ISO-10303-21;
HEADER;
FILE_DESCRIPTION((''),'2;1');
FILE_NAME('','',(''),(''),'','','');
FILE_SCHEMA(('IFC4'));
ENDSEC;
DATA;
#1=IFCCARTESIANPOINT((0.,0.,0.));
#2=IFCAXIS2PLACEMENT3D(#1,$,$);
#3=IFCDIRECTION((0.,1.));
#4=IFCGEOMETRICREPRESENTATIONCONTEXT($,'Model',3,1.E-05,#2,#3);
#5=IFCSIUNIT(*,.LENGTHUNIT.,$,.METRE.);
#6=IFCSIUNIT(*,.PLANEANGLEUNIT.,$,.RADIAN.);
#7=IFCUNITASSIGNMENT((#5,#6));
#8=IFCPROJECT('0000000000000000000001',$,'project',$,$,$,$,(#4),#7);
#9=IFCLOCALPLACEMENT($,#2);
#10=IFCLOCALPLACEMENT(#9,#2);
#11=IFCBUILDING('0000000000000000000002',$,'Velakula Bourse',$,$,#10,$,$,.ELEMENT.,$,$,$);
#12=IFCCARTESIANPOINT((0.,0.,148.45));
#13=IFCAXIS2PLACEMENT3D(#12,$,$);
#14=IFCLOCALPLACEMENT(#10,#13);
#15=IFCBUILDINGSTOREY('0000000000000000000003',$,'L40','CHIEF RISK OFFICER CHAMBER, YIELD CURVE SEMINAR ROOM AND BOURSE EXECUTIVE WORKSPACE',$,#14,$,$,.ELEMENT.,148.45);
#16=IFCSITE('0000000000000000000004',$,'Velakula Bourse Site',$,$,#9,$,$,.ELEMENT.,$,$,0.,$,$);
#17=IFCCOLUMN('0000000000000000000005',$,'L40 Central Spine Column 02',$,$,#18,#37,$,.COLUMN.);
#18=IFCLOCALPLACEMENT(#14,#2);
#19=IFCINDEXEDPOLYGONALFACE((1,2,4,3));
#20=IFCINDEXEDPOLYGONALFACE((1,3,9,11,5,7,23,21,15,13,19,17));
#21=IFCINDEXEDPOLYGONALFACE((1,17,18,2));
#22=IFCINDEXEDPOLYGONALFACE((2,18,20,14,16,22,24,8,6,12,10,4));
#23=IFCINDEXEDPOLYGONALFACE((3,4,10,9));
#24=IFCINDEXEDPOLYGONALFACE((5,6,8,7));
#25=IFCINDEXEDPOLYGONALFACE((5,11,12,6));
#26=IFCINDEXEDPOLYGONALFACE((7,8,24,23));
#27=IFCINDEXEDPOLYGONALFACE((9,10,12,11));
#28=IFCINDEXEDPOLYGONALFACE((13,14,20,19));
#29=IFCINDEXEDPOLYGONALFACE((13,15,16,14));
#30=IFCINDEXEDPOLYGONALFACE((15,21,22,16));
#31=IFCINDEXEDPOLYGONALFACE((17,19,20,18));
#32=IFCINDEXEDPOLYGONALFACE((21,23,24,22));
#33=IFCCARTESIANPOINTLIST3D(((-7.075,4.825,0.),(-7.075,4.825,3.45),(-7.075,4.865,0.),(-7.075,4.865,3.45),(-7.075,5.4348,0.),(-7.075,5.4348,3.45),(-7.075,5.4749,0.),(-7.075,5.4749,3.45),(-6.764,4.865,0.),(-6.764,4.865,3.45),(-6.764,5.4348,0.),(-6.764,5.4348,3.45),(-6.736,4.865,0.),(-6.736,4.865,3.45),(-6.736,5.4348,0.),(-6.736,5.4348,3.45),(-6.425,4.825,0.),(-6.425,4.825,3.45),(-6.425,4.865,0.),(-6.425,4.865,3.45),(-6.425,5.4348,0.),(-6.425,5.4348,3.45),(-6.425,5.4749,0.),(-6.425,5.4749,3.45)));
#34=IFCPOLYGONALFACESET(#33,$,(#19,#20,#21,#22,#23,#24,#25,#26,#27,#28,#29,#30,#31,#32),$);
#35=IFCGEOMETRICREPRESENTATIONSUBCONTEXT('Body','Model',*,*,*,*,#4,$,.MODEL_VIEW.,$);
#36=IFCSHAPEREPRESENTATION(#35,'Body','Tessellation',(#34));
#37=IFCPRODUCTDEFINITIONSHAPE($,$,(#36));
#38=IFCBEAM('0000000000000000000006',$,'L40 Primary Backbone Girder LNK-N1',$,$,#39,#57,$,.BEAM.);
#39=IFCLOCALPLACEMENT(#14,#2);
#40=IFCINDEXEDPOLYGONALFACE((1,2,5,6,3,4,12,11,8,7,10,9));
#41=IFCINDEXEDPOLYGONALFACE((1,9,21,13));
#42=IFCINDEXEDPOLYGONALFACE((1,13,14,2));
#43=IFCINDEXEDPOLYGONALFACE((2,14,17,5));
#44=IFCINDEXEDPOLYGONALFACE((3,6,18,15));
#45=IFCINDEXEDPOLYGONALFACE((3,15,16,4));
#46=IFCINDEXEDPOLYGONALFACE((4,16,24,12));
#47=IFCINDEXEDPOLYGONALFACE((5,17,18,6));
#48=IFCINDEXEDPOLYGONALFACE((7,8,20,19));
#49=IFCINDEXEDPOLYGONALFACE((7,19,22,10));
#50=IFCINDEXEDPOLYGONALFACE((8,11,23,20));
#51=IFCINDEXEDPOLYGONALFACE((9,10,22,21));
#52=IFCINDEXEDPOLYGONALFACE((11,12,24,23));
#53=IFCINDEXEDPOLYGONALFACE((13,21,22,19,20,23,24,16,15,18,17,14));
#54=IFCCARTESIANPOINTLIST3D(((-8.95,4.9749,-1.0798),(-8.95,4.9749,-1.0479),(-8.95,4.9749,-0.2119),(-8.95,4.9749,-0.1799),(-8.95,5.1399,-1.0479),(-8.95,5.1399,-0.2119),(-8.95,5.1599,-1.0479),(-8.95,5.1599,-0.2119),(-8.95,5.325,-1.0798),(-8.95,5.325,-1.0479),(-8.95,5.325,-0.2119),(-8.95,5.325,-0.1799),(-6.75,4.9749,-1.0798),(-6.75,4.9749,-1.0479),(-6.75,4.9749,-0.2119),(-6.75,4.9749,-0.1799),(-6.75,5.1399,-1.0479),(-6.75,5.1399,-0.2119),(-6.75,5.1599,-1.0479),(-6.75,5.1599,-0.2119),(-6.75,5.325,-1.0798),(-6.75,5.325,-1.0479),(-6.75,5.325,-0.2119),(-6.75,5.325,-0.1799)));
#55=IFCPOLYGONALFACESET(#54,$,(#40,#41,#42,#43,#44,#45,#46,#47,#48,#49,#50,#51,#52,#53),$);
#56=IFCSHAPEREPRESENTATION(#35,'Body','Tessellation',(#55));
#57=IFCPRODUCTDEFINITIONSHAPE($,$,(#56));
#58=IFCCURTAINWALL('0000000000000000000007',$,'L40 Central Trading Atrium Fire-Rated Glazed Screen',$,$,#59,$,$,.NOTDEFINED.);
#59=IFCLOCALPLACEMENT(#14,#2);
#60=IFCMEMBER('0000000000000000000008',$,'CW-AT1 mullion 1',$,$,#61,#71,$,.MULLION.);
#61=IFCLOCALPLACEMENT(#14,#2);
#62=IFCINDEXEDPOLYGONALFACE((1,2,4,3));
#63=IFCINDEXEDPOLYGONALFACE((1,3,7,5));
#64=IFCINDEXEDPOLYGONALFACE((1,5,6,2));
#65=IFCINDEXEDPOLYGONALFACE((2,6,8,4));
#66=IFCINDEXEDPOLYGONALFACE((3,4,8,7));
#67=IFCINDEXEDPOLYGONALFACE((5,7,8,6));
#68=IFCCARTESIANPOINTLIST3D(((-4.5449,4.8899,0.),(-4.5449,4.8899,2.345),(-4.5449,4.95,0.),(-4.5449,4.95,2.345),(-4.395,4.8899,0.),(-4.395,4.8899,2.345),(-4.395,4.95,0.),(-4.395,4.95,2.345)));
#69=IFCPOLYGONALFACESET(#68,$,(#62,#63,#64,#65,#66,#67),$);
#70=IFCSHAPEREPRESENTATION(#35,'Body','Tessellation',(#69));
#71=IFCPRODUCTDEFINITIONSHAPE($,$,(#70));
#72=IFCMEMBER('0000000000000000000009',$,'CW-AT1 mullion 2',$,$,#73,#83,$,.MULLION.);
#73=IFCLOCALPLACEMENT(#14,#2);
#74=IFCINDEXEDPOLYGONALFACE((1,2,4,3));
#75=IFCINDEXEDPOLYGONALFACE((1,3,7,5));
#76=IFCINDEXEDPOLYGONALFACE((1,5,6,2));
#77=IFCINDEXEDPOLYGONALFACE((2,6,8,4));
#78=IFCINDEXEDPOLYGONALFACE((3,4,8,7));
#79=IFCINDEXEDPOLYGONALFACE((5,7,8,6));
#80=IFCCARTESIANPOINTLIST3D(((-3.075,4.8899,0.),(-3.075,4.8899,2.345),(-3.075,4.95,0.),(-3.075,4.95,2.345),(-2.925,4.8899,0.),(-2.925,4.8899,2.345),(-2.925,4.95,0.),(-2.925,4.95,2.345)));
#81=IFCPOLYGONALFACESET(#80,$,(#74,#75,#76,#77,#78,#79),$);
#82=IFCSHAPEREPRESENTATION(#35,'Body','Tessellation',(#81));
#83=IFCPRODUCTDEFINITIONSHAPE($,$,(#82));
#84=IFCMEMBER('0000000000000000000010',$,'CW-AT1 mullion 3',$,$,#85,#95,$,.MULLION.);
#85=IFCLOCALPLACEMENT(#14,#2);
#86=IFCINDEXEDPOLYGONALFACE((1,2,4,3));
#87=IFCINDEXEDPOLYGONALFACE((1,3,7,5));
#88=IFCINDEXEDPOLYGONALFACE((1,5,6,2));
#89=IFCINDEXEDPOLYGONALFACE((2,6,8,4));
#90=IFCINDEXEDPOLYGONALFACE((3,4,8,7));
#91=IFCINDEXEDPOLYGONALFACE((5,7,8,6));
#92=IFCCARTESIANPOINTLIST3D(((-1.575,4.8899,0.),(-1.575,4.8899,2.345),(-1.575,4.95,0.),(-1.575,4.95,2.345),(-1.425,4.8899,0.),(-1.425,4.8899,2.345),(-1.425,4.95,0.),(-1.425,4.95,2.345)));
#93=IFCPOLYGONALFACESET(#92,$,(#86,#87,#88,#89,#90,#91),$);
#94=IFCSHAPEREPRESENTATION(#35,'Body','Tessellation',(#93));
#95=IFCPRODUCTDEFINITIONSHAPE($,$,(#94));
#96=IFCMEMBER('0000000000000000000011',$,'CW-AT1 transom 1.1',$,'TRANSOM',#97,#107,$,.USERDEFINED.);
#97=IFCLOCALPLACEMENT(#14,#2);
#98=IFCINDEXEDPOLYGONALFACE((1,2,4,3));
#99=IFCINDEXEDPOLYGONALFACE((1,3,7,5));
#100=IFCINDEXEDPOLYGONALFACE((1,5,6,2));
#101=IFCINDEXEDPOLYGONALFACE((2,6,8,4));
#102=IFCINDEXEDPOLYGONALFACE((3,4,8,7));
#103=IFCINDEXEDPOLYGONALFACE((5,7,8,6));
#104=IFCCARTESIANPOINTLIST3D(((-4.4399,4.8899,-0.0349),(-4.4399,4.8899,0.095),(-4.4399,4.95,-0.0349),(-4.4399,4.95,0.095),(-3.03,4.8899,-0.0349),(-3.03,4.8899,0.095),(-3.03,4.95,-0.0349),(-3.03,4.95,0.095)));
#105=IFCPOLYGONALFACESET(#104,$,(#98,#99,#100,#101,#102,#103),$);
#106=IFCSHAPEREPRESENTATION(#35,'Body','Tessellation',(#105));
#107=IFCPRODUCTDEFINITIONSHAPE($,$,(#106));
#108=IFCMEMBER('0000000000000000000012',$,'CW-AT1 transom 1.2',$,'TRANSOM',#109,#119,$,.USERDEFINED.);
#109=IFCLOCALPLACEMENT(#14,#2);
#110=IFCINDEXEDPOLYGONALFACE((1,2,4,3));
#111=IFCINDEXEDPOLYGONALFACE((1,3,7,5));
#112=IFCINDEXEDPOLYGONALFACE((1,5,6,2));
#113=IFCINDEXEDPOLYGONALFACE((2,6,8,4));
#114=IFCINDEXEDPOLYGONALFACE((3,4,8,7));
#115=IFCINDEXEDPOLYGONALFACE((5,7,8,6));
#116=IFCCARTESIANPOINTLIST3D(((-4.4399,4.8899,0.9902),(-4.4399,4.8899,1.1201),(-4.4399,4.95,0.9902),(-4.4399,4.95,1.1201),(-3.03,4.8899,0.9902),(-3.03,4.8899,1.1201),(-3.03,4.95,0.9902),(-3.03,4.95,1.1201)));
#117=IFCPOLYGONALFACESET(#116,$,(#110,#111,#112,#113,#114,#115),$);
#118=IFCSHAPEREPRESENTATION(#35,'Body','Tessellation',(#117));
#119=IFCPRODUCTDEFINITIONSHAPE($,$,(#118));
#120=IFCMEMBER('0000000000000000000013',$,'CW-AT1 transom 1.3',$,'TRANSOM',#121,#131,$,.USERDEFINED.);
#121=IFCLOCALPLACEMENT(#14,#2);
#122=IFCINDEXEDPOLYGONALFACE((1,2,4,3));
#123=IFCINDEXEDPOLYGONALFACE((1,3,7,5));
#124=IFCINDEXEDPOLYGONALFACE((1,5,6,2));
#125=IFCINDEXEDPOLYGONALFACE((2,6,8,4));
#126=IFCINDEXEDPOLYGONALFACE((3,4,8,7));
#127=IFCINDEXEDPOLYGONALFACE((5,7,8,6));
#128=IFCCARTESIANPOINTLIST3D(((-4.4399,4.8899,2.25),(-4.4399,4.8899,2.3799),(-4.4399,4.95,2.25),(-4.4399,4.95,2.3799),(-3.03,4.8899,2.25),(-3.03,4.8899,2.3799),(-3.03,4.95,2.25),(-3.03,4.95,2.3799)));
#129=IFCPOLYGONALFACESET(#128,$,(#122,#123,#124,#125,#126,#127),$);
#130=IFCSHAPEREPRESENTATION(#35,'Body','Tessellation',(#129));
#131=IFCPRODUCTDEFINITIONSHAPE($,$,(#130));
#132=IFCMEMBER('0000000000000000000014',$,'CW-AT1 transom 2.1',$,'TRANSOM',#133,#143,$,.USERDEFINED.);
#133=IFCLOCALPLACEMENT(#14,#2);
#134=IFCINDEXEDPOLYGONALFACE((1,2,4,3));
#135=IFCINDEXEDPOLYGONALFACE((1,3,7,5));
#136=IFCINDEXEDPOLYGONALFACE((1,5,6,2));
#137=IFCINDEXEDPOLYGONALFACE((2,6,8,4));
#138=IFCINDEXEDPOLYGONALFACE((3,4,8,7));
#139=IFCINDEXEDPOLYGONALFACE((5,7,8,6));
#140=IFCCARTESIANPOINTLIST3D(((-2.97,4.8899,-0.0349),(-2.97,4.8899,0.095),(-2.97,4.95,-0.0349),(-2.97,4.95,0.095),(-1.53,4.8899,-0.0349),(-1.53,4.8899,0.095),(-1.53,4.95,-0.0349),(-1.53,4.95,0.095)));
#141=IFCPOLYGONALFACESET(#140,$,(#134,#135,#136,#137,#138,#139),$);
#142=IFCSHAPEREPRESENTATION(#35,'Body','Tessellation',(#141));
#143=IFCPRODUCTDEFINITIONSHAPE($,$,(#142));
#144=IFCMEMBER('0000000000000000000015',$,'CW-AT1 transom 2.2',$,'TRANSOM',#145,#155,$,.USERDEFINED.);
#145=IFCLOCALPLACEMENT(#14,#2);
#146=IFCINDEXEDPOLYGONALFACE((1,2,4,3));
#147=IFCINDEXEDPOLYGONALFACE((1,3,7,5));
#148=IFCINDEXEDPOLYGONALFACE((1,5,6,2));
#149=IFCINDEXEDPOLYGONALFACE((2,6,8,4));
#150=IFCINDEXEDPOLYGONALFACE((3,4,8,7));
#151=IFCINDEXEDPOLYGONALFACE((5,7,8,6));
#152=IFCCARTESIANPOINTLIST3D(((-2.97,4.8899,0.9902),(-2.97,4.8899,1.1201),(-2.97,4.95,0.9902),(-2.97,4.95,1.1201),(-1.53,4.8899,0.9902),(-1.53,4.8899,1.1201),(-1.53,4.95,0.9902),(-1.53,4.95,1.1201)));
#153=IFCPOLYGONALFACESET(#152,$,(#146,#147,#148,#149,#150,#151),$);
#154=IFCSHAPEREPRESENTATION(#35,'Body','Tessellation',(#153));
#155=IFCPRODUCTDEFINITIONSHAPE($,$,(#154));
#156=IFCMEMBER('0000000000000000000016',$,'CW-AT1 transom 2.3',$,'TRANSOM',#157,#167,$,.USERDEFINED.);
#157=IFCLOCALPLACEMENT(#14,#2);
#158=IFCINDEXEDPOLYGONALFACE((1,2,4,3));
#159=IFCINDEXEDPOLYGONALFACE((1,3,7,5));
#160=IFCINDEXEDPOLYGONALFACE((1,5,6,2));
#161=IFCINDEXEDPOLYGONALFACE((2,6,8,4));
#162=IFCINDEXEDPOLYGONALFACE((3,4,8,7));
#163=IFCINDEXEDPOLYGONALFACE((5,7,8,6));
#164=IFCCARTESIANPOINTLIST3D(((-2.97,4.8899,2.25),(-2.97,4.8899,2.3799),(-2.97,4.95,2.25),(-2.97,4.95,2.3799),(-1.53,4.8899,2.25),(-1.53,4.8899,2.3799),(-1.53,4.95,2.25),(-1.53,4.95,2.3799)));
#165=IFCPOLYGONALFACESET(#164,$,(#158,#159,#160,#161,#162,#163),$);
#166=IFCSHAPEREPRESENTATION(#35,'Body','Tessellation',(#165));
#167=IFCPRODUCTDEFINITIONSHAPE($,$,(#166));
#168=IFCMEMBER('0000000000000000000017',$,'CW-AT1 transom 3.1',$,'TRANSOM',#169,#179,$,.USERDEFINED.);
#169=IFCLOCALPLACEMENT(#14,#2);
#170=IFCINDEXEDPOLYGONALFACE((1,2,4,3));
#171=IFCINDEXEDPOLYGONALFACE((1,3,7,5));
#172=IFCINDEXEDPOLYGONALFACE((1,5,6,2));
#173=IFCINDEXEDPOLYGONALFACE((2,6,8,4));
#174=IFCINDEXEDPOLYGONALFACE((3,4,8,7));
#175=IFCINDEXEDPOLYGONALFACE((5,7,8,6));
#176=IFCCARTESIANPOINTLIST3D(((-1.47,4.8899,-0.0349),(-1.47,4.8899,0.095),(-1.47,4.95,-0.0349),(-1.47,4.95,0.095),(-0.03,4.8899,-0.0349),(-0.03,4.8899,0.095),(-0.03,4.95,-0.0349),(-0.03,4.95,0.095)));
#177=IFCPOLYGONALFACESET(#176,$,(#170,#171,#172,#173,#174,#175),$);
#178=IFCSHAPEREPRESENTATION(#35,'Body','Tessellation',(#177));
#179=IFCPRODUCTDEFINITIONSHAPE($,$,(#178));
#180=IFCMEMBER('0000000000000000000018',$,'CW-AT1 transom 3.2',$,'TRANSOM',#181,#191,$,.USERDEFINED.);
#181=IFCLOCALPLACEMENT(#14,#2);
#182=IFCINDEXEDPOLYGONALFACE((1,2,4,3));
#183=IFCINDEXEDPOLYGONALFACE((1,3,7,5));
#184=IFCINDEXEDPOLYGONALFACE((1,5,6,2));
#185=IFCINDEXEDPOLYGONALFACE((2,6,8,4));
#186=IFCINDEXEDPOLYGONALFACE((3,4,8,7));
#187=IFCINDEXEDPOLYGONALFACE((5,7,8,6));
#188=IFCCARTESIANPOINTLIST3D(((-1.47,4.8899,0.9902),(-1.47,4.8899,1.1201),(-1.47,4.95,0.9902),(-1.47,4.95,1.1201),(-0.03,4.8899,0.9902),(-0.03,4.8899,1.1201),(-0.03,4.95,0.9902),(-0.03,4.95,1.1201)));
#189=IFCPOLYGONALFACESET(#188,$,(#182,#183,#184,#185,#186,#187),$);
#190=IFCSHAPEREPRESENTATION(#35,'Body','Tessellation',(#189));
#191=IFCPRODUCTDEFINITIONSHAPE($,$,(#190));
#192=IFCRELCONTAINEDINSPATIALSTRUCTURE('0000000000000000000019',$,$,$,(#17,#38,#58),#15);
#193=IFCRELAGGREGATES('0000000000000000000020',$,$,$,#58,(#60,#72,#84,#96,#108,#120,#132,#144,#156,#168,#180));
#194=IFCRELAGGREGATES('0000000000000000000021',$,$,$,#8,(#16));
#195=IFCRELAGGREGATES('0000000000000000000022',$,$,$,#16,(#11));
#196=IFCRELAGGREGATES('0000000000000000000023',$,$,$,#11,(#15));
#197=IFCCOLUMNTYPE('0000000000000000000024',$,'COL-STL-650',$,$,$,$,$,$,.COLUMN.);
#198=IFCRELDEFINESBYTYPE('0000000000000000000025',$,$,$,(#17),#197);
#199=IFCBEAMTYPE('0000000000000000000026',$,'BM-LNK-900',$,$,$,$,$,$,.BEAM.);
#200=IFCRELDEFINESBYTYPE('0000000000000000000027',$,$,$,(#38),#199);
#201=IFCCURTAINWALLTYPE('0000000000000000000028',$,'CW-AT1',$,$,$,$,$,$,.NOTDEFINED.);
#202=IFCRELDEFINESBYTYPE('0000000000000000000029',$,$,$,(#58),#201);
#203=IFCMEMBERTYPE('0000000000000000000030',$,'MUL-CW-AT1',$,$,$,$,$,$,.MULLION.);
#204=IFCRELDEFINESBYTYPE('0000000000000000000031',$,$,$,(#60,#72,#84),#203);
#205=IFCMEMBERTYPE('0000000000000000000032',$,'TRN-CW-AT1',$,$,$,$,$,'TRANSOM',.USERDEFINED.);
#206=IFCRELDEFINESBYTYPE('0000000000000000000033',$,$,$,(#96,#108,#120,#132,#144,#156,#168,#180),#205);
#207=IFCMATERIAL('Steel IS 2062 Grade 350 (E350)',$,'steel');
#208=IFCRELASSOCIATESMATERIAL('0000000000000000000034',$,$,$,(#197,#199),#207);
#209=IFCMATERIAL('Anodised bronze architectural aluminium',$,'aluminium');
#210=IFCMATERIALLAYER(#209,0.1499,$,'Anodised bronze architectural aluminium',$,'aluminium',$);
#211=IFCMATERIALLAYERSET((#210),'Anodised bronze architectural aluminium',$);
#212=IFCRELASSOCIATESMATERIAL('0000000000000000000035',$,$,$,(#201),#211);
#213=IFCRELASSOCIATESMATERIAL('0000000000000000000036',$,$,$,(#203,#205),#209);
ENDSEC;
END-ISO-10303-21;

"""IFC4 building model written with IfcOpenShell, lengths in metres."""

from ifc_helpers import new_model, si_unit, direction, frame, origin, origin_2d, place, context, subcontext, project, spatial, rectangle, i_section, extrude, material, layer, layer_set, material_profile, profile_set, type_object, element, aggregate, save


model = new_model("IFC4")

# Units and contexts
model_context = context("Model", 3, precision=1e-05, world=origin(), true_north=direction((0.0, 1.0)))
body_context = subcontext(model_context, "Body", "Model", "MODEL_VIEW")
ifc_project = project(units=[si_unit("LENGTHUNIT", "METRE"), si_unit("PLANEANGLEUNIT", "RADIAN")], contexts=[model_context])

# Site, building, storey
site_placement = place(None, origin())
site = spatial("IfcSite", under=ifc_project, at=site_placement, Name="Velakula Bourse Site", CompositionType="ELEMENT", RefElevation=0.0)
building_placement = place(site_placement, origin())
building = spatial("IfcBuilding", under=site, at=building_placement, Name="Velakula Bourse", CompositionType="ELEMENT")
storey_placement = place(building_placement, frame((0.0, 0.0, 148.45)))
storey = spatial("IfcBuildingStorey", under=building, at=storey_placement, Name="L40", Description="CHIEF RISK OFFICER CHAMBER, YIELD CURVE SEMINAR ROOM AND BOURSE EXECUTIVE WORKSPACE", CompositionType="ELEMENT", Elevation=148.45)

# Column
ifc_material_1 = material(Name="Steel IS 2062 Grade 350 (E350)", Category="steel")
ifc_material_profile_1 = material_profile(ifc_material_1, i_section(OverallWidth=0.6499, OverallDepth=0.6499, WebThickness=0.0281, FlangeThickness=0.04, at=origin_2d()), Name="Steel IS 2062 Grade 350 (E350)")
ifc_profile_set_1 = profile_set([ifc_material_profile_1], Name="Steel IS 2062 Grade 350 (E350)")
column_type = type_object("IfcColumnType", Name="COL-STL-650", PredefinedType="COLUMN", material=ifc_profile_set_1)
column_placement = place(storey_placement, frame((-6.75, 5.1499, 0.0), z_axis=(0.0, 0.0, 1.0), x_axis=(1.0, 0.0, 0.0)))
element("IfcColumn", 1, at=column_placement, inside=storey, type_object=column_type, Name="L40 Central Spine Column 02", PredefinedType="COLUMN", context=body_context, shape_type="SweptSolid", body=[
    extrude(i_section(OverallWidth=0.6499, OverallDepth=0.6499, WebThickness=0.0281, FlangeThickness=0.04, at=origin_2d()), origin(), (0.0, 0.0, 1.0), 3.45),
])

# Beam
ifc_material_profile_2 = material_profile(ifc_material_1, i_section(OverallWidth=0.3501, OverallDepth=0.8999, WebThickness=0.02, FlangeThickness=0.032, at=origin_2d()), Name="Steel IS 2062 Grade 350 (E350)")
ifc_profile_set_2 = profile_set([ifc_material_profile_2], Name="Steel IS 2062 Grade 350 (E350)")
beam_type = type_object("IfcBeamType", Name="BM-LNK-900", PredefinedType="BEAM", material=ifc_profile_set_2)
beam_placement = place(storey_placement, frame((-8.95, 5.1499, -0.6299), z_axis=(1.0, 0.0, 0.0), x_axis=(0.0, 1.0, 0.0)))
element("IfcBeam", 2, at=beam_placement, inside=storey, type_object=beam_type, Name="L40 Primary Backbone Girder LNK-N1", PredefinedType="BEAM", context=body_context, shape_type="SweptSolid", body=[
    extrude(i_section(OverallWidth=0.3501, OverallDepth=0.8999, WebThickness=0.02, FlangeThickness=0.032, at=origin_2d()), origin(), (0.0, 0.0, 1.0), 2.2),
])

# Curtain wall, members
ifc_material_2 = material(Name="Anodised bronze architectural aluminium", Category="aluminium")
ifc_layer_1 = layer(ifc_material_2, 0.1499, Name="Anodised bronze architectural aluminium", Category="aluminium")
ifc_layer_set_1 = layer_set([ifc_layer_1], Name="Anodised bronze architectural aluminium")
curtain_wall_type = type_object("IfcCurtainWallType", Name="CW-AT1", PredefinedType="NOTDEFINED", material=ifc_layer_set_1)
curtain_wall_placement = place(storey_placement, origin())
curtain_wall = element("IfcCurtainWall", 3, at=curtain_wall_placement, inside=storey, type_object=curtain_wall_type, Name="L40 Central Trading Atrium Fire-Rated Glazed Screen", PredefinedType="NOTDEFINED")
ifc_material_profile_3 = material_profile(ifc_material_2, rectangle(XDim=0.0601, YDim=0.1499, at=origin_2d()), Name="Anodised bronze architectural aluminium")
ifc_profile_set_3 = profile_set([ifc_material_profile_3], Name="Anodised bronze architectural aluminium")
member_type_1 = type_object("IfcMemberType", Name="MUL-CW-AT1", PredefinedType="MULLION", material=ifc_profile_set_3)
member_1_placement = place(storey_placement, frame((-4.47, 4.9199, 0.0), z_axis=(0.0, 0.0, 1.0), x_axis=(0.0, 1.0, 0.0)))
member_1 = element("IfcMember", 4, at=member_1_placement, type_object=member_type_1, Name="CW-AT1 mullion 1", PredefinedType="MULLION", context=body_context, shape_type="SweptSolid", body=[
    extrude(rectangle(XDim=0.0601, YDim=0.1499, at=origin_2d()), origin(), (0.0, 0.0, 1.0), 2.345),
])
member_2_placement = place(storey_placement, frame((-3.0, 4.9199, 0.0), z_axis=(0.0, 0.0, 1.0), x_axis=(0.0, 1.0, 0.0)))
member_2 = element("IfcMember", 5, at=member_2_placement, type_object=member_type_1, Name="CW-AT1 mullion 2", PredefinedType="MULLION", context=body_context, shape_type="SweptSolid", body=[
    extrude(rectangle(XDim=0.0601, YDim=0.1499, at=origin_2d()), origin(), (0.0, 0.0, 1.0), 2.345),
])
member_3_placement = place(storey_placement, frame((-1.5, 4.9199, 0.0), z_axis=(0.0, 0.0, 1.0), x_axis=(0.0, 1.0, 0.0)))
member_3 = element("IfcMember", 6, at=member_3_placement, type_object=member_type_1, Name="CW-AT1 mullion 3", PredefinedType="MULLION", context=body_context, shape_type="SweptSolid", body=[
    extrude(rectangle(XDim=0.0601, YDim=0.1499, at=origin_2d()), origin(), (0.0, 0.0, 1.0), 2.345),
])
ifc_material_profile_4 = material_profile(ifc_material_2, rectangle(XDim=0.0601, YDim=0.1299, at=origin_2d()), Name="Anodised bronze architectural aluminium")
ifc_profile_set_4 = profile_set([ifc_material_profile_4], Name="Anodised bronze architectural aluminium")
member_type_2 = type_object("IfcMemberType", Name="TRN-CW-AT1", ElementType="TRANSOM", PredefinedType="USERDEFINED", material=ifc_profile_set_4)
member_4_placement = place(storey_placement, frame((-4.4399, 4.9199, 0.03), z_axis=(1.0, 0.0, 0.0), x_axis=(0.0, 1.0, 0.0)))
member_4 = element("IfcMember", 7, at=member_4_placement, type_object=member_type_2, Name="CW-AT1 transom 1.1", ObjectType="TRANSOM", PredefinedType="USERDEFINED", context=body_context, shape_type="SweptSolid", body=[
    extrude(rectangle(XDim=0.0601, YDim=0.1299, at=origin_2d()), origin(), (0.0, 0.0, 1.0), 1.4099),
])
member_5_placement = place(storey_placement, frame((-4.4399, 4.9199, 1.0552), z_axis=(1.0, 0.0, 0.0), x_axis=(0.0, 1.0, 0.0)))
member_5 = element("IfcMember", 8, at=member_5_placement, type_object=member_type_2, Name="CW-AT1 transom 1.2", ObjectType="TRANSOM", PredefinedType="USERDEFINED", context=body_context, shape_type="SweptSolid", body=[
    extrude(rectangle(XDim=0.0601, YDim=0.1299, at=origin_2d()), origin(), (0.0, 0.0, 1.0), 1.4099),
])
member_6_placement = place(storey_placement, frame((-4.4399, 4.9199, 2.3149), z_axis=(1.0, 0.0, 0.0), x_axis=(0.0, 1.0, 0.0)))
member_6 = element("IfcMember", 9, at=member_6_placement, type_object=member_type_2, Name="CW-AT1 transom 1.3", ObjectType="TRANSOM", PredefinedType="USERDEFINED", context=body_context, shape_type="SweptSolid", body=[
    extrude(rectangle(XDim=0.0601, YDim=0.1299, at=origin_2d()), origin(), (0.0, 0.0, 1.0), 1.4099),
])
member_7_placement = place(storey_placement, frame((-2.97, 4.9199, 0.03), z_axis=(1.0, 0.0, 0.0), x_axis=(0.0, 1.0, 0.0)))
member_7 = element("IfcMember", 10, at=member_7_placement, type_object=member_type_2, Name="CW-AT1 transom 2.1", ObjectType="TRANSOM", PredefinedType="USERDEFINED", context=body_context, shape_type="SweptSolid", body=[
    extrude(rectangle(XDim=0.0601, YDim=0.1299, at=origin_2d()), origin(), (0.0, 0.0, 1.0), 1.4399),
])
member_8_placement = place(storey_placement, frame((-2.97, 4.9199, 1.0552), z_axis=(1.0, 0.0, 0.0), x_axis=(0.0, 1.0, 0.0)))
member_8 = element("IfcMember", 11, at=member_8_placement, type_object=member_type_2, Name="CW-AT1 transom 2.2", ObjectType="TRANSOM", PredefinedType="USERDEFINED", context=body_context, shape_type="SweptSolid", body=[
    extrude(rectangle(XDim=0.0601, YDim=0.1299, at=origin_2d()), origin(), (0.0, 0.0, 1.0), 1.4399),
])
member_9_placement = place(storey_placement, frame((-2.97, 4.9199, 2.3149), z_axis=(1.0, 0.0, 0.0), x_axis=(0.0, 1.0, 0.0)))
member_9 = element("IfcMember", 12, at=member_9_placement, type_object=member_type_2, Name="CW-AT1 transom 2.3", ObjectType="TRANSOM", PredefinedType="USERDEFINED", context=body_context, shape_type="SweptSolid", body=[
    extrude(rectangle(XDim=0.0601, YDim=0.1299, at=origin_2d()), origin(), (0.0, 0.0, 1.0), 1.4399),
])
member_10_placement = place(storey_placement, frame((-1.47, 4.9199, 0.03), z_axis=(1.0, 0.0, 0.0), x_axis=(0.0, 1.0, 0.0)))
member_10 = element("IfcMember", 13, at=member_10_placement, type_object=member_type_2, Name="CW-AT1 transom 3.1", ObjectType="TRANSOM", PredefinedType="USERDEFINED", context=body_context, shape_type="SweptSolid", body=[
    extrude(rectangle(XDim=0.0601, YDim=0.1299, at=origin_2d()), origin(), (0.0, 0.0, 1.0), 1.4399),
])
member_11_placement = place(storey_placement, frame((-1.47, 4.9199, 1.0552), z_axis=(1.0, 0.0, 0.0), x_axis=(0.0, 1.0, 0.0)))
member_11 = element("IfcMember", 14, at=member_11_placement, type_object=member_type_2, Name="CW-AT1 transom 3.2", ObjectType="TRANSOM", PredefinedType="USERDEFINED", context=body_context, shape_type="SweptSolid", body=[
    extrude(rectangle(XDim=0.0601, YDim=0.1299, at=origin_2d()), origin(), (0.0, 0.0, 1.0), 1.4399),
])
aggregate(curtain_wall, [member_1, member_2, member_3, member_4, member_5, member_6, member_7, member_8, member_9, member_10, member_11])

save(model, "model.ifc")
